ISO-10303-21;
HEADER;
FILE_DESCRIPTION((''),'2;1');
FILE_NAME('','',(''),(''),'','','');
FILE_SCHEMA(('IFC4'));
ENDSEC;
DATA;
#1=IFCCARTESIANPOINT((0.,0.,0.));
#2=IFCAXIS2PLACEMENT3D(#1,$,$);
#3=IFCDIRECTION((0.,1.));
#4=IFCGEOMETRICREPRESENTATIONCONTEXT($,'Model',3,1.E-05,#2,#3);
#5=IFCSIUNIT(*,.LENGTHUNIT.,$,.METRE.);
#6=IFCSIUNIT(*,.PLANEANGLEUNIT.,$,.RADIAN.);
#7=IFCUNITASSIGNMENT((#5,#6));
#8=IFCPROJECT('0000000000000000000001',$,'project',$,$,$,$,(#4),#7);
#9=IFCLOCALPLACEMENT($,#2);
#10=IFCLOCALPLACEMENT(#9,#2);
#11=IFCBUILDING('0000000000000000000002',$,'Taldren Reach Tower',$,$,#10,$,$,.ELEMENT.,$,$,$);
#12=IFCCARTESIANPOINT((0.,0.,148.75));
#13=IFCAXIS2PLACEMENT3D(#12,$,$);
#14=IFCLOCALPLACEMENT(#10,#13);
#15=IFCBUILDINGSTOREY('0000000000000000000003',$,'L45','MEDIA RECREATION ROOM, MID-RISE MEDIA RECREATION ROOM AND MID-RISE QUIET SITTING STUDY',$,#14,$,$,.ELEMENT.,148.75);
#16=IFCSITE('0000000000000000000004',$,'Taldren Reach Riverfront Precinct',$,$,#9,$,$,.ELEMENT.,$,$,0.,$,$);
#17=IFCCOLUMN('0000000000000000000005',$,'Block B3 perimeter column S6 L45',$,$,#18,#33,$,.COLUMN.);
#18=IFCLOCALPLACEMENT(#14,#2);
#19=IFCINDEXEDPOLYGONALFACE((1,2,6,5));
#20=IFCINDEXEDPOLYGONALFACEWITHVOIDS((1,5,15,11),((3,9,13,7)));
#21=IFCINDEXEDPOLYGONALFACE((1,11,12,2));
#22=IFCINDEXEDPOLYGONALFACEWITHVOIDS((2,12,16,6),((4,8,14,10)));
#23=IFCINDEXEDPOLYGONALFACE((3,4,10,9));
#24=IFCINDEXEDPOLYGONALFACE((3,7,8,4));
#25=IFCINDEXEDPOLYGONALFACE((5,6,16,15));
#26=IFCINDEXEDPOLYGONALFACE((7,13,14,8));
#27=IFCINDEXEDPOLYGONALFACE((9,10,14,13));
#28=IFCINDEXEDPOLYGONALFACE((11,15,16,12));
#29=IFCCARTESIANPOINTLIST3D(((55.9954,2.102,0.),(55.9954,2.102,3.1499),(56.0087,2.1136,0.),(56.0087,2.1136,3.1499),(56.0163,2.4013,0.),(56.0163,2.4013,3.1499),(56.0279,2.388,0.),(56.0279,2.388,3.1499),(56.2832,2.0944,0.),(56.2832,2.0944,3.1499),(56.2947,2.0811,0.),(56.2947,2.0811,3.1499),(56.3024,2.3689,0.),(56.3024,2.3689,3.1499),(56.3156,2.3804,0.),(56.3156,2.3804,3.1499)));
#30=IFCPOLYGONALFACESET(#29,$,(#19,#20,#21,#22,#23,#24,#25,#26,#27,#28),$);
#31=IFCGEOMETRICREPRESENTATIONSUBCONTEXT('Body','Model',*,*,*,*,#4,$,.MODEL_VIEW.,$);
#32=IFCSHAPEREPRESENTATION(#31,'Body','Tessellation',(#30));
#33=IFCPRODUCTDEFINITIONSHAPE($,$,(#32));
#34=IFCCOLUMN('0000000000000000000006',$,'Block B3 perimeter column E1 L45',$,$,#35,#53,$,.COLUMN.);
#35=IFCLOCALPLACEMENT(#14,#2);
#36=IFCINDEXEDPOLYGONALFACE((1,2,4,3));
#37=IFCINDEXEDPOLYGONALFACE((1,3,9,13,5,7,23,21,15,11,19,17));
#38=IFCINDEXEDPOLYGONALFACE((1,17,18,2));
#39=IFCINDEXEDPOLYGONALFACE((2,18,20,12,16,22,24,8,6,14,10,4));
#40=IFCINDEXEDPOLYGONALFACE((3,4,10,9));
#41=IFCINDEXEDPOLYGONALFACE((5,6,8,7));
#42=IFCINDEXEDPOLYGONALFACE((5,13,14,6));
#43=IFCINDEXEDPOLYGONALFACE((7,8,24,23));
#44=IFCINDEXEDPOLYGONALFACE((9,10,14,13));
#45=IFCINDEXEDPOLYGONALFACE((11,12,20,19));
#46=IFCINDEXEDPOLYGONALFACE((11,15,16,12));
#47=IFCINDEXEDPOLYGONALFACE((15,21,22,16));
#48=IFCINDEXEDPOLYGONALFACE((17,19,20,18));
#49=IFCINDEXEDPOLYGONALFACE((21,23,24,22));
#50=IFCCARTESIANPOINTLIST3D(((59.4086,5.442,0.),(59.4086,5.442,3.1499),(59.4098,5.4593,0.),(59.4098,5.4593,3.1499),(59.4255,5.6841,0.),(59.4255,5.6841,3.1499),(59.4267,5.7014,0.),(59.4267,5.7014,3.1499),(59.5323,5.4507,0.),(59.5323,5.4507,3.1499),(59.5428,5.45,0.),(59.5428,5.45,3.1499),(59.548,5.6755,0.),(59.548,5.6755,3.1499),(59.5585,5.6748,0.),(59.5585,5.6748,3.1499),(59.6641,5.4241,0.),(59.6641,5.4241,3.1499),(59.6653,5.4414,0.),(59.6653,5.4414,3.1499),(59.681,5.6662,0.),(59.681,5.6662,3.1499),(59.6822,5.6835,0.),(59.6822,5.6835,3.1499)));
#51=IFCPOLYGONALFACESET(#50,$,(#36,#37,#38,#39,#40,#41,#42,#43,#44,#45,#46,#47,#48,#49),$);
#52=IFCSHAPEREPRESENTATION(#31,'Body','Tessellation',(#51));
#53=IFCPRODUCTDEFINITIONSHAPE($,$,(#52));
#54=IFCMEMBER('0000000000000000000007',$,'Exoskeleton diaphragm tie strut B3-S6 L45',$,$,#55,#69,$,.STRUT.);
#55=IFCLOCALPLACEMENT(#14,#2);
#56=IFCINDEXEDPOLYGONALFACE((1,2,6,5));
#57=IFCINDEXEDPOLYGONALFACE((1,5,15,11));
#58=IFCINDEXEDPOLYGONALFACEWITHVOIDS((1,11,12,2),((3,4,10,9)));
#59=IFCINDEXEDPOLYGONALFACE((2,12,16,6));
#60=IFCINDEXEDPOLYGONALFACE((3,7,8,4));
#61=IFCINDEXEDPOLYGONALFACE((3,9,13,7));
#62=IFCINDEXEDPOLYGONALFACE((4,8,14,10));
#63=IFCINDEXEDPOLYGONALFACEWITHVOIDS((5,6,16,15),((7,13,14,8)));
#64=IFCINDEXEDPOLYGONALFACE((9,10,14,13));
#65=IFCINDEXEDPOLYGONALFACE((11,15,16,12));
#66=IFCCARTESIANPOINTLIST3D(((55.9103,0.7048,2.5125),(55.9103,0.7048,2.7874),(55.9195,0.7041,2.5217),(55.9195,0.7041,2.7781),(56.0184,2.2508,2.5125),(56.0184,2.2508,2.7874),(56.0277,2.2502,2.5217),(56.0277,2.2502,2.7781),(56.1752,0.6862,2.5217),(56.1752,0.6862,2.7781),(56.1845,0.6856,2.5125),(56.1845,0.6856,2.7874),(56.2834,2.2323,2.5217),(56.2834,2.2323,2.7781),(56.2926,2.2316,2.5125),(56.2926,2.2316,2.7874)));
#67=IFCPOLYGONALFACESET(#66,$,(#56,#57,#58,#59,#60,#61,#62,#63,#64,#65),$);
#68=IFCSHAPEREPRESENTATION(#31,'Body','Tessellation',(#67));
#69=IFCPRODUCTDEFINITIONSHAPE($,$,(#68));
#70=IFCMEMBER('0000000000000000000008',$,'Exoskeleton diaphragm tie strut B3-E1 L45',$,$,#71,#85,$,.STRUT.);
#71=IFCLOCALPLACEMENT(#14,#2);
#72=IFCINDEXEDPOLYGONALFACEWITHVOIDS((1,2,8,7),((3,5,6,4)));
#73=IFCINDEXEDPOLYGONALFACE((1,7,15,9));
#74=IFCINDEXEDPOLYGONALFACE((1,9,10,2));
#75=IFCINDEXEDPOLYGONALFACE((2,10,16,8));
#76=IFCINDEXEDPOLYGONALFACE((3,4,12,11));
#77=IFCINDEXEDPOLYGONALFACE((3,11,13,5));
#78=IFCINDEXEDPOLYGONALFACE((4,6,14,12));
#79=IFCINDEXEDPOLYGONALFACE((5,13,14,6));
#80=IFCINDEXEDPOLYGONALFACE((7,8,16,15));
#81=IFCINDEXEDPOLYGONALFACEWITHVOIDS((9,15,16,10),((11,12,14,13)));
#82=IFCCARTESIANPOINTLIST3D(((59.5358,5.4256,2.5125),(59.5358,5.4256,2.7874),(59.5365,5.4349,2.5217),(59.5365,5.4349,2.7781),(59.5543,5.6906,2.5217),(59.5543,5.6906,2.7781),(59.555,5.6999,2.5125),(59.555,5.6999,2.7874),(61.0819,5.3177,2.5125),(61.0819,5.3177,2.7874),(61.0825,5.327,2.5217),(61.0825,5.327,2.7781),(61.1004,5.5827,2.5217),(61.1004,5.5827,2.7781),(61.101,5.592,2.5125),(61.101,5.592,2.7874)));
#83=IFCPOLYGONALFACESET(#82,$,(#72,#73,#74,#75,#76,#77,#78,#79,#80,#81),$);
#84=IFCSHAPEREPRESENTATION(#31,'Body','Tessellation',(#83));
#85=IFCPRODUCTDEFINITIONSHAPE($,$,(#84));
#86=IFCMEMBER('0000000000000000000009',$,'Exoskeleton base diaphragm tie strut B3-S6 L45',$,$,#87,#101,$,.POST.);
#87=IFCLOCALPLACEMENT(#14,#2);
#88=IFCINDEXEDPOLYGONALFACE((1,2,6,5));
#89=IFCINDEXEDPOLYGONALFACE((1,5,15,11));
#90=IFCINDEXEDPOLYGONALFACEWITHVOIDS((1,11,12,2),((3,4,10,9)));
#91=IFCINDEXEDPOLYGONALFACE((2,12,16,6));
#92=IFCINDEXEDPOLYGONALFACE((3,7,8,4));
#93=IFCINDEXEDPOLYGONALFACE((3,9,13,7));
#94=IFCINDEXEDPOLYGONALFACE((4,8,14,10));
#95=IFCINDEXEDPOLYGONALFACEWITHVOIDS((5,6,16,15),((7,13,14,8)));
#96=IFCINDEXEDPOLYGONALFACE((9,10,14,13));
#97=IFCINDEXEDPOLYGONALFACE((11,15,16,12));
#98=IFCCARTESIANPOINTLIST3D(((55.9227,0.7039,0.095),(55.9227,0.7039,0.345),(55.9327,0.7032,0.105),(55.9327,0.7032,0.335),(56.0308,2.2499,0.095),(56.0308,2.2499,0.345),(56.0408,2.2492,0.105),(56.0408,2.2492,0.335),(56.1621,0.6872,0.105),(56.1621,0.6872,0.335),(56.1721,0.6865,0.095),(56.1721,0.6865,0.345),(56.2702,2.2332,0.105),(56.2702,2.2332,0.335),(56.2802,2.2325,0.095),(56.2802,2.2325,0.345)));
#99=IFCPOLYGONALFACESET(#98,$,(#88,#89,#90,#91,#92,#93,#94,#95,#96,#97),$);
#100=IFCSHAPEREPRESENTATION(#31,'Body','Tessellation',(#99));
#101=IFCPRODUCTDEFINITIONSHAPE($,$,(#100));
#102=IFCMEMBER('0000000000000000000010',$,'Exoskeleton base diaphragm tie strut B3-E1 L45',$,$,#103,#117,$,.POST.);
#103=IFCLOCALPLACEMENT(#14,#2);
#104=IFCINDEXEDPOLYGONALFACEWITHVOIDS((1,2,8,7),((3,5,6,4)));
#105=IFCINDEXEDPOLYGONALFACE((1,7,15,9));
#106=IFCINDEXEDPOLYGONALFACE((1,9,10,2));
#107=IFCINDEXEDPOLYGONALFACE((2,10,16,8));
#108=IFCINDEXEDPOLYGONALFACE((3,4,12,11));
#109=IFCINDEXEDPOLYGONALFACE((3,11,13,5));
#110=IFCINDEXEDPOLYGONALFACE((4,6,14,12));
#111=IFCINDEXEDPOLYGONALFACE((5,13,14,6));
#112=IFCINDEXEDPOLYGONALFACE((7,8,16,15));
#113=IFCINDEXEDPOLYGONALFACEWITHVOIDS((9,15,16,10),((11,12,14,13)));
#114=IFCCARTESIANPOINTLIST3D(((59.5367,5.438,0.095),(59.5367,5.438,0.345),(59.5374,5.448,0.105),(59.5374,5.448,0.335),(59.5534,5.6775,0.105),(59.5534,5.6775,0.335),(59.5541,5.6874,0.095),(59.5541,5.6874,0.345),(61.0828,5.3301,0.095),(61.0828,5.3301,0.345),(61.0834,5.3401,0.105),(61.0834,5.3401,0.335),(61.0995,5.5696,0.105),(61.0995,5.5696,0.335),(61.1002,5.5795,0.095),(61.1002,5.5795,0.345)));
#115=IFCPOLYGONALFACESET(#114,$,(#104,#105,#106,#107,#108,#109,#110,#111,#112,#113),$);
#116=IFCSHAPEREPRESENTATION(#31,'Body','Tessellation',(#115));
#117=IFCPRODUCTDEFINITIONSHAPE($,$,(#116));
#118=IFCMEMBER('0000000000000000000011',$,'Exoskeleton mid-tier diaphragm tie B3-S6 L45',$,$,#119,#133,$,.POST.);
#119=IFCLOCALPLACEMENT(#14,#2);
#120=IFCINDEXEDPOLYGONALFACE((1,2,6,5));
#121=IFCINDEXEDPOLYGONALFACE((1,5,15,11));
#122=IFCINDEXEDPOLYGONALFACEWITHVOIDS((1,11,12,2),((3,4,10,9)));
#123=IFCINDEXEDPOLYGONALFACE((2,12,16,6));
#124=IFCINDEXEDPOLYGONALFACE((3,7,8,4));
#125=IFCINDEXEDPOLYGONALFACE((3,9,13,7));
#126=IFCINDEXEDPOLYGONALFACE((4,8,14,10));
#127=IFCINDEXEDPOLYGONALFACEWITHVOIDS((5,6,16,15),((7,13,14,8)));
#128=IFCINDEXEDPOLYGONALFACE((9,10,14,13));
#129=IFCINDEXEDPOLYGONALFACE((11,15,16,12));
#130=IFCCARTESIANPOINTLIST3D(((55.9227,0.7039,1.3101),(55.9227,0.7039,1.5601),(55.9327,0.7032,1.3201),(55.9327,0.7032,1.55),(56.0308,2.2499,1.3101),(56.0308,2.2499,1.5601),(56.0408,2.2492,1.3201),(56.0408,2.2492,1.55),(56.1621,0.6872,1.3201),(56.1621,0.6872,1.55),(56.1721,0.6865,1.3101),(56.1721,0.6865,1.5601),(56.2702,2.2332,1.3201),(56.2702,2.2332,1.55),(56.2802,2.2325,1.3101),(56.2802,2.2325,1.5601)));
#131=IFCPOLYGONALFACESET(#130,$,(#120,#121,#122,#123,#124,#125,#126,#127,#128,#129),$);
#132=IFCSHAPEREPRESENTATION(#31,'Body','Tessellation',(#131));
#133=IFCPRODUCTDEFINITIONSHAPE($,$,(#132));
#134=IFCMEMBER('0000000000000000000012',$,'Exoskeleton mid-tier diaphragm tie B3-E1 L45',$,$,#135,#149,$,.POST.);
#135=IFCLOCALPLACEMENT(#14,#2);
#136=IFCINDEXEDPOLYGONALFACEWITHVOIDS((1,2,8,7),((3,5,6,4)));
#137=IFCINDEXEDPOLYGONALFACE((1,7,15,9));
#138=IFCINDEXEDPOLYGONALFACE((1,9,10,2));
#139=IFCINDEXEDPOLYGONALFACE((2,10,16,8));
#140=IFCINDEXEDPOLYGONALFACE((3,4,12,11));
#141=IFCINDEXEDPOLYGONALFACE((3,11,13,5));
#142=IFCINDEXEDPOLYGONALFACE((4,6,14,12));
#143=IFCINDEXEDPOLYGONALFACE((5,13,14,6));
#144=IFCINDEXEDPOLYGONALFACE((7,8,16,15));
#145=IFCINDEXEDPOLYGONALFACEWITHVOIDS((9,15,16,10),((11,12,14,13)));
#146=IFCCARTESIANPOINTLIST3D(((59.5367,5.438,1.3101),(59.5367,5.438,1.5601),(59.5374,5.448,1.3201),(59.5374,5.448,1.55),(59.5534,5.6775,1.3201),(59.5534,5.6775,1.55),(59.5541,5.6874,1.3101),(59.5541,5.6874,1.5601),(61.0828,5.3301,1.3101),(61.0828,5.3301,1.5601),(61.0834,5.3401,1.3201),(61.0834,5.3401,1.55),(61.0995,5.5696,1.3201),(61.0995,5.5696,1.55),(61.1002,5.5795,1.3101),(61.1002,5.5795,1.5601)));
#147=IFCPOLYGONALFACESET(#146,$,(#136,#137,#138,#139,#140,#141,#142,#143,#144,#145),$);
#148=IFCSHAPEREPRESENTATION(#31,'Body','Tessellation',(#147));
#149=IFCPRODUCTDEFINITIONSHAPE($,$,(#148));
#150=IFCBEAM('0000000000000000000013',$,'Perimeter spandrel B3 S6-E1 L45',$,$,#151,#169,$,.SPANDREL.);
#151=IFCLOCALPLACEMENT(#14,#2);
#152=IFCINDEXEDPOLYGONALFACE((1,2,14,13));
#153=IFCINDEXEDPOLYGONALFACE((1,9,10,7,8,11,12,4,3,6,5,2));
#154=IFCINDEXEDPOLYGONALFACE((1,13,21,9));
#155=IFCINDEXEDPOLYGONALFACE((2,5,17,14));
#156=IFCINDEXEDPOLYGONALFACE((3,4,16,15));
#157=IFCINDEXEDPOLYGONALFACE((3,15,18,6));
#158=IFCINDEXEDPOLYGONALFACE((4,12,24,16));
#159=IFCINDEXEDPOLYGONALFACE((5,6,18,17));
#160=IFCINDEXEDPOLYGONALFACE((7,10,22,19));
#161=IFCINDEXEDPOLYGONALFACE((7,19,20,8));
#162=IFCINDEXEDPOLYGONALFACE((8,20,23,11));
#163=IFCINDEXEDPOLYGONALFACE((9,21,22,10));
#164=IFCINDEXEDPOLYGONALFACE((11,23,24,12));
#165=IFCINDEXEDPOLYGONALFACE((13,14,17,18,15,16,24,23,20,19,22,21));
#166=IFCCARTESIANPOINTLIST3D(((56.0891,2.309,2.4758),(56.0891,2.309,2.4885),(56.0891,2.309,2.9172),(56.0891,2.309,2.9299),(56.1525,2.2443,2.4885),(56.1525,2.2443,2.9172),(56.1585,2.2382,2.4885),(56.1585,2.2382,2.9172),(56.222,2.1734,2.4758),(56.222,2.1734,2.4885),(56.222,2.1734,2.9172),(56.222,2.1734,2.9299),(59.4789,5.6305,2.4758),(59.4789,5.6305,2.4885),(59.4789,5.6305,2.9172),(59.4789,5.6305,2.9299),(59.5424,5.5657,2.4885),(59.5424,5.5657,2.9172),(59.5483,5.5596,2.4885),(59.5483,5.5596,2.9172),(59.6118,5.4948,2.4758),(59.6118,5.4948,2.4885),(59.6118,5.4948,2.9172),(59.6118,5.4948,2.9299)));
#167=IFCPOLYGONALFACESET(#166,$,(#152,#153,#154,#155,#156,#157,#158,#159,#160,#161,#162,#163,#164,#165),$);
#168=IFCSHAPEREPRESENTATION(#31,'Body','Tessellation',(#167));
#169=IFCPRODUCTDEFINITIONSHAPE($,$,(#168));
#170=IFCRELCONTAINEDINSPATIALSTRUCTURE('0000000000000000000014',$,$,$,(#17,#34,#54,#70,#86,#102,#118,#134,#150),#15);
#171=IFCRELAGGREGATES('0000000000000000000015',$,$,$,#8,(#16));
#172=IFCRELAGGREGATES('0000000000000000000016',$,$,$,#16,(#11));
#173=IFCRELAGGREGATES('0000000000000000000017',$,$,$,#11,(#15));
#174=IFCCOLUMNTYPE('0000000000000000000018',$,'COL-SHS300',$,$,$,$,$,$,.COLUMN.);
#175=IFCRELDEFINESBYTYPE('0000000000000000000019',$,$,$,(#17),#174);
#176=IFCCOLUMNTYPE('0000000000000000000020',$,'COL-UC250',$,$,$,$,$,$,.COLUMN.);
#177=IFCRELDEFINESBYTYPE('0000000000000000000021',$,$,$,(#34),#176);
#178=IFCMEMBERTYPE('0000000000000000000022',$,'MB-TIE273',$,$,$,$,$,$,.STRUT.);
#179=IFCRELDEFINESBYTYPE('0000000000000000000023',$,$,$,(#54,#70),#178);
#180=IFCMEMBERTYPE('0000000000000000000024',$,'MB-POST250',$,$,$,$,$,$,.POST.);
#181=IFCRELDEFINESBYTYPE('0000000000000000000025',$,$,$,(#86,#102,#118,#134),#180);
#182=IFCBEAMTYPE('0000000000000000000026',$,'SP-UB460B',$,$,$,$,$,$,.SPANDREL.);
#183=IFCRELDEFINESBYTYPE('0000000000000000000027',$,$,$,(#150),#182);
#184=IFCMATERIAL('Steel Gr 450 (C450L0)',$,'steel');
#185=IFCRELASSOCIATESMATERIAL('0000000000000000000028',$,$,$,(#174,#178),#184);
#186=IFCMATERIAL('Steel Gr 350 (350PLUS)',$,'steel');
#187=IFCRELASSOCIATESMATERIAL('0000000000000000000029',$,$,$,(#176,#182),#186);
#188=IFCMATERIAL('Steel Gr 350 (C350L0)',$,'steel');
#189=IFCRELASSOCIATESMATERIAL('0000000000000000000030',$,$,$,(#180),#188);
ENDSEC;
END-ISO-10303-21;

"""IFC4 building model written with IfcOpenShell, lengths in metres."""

from ifc_helpers import new_model, si_unit, direction, frame, origin, origin_2d, place, context, subcontext, project, spatial, hollow_rectangle, i_section, extrude, source, transform, mapped, material, material_profile, profile_set, type_object, element, save


model = new_model("IFC4")

# Units and contexts
model_context = context("Model", 3, precision=1e-05, world=origin(), true_north=direction((0.0, 1.0)))
body_context = subcontext(model_context, "Body", "Model", "MODEL_VIEW")
ifc_project = project(units=[si_unit("LENGTHUNIT", "METRE"), si_unit("PLANEANGLEUNIT", "RADIAN")], contexts=[model_context])

# Site, building, storey
site_placement = place(None, origin())
site = spatial("IfcSite", under=ifc_project, at=site_placement, Name="Taldren Reach Riverfront Precinct", CompositionType="ELEMENT", RefElevation=0.0)
building_placement = place(site_placement, origin())
building = spatial("IfcBuilding", under=site, at=building_placement, Name="Taldren Reach Tower", CompositionType="ELEMENT")
storey_placement = place(building_placement, frame((0.0, 0.0, 148.75)))
storey = spatial("IfcBuildingStorey", under=building, at=storey_placement, Name="L45", Description="MEDIA RECREATION ROOM, MID-RISE MEDIA RECREATION ROOM AND MID-RISE QUIET SITTING STUDY", CompositionType="ELEMENT", Elevation=148.75)

# Columns
ifc_material_1 = material(Name="Steel Gr 450 (C450L0)", Category="steel")
ifc_material_profile_1 = material_profile(ifc_material_1, hollow_rectangle(XDim=0.3, YDim=0.3, WallThickness=0.0125, at=origin_2d()), Name="300x300x12.5SHS")
ifc_profile_set_1 = profile_set([ifc_material_profile_1], Name="Steel Gr 450 (C450L0)")
column_type_1 = type_object("IfcColumnType", Name="COL-SHS300", PredefinedType="COLUMN", material=ifc_profile_set_1)
shared_shape_1 = source(origin(), body_context, "Body", "SweptSolid", [
    extrude(hollow_rectangle(XDim=0.3, YDim=0.3, WallThickness=0.0125, at=origin_2d()), origin(), (0.0, 0.0, 1.0), 3.1499),
])
column_1_placement = place(storey_placement, frame((56.1555, 2.2412, 0.0), z_axis=(0.0, 0.0, 1.0), x_axis=(0.997564, -0.069756, 0.0)))
element("IfcColumn", 1, at=column_1_placement, inside=storey, type_object=column_type_1, Name="Block B3 perimeter column S6 L45", PredefinedType="COLUMN", context=body_context, shape_type="MappedRepresentation", body=[
    mapped(shared_shape_1, transform((0.0, 0.0, 0.0), scale=1.0)),
])
ifc_material_2 = material(Name="Steel Gr 350 (350PLUS)", Category="steel")
ifc_material_profile_2 = material_profile(ifc_material_2, i_section(OverallWidth=0.2561, OverallDepth=0.26, WebThickness=0.0105, FlangeThickness=0.0173, at=origin_2d()), Name="250UC89.5")
ifc_profile_set_2 = profile_set([ifc_material_profile_2], Name="Steel Gr 350 (350PLUS)")
column_type_2 = type_object("IfcColumnType", Name="COL-UC250", PredefinedType="COLUMN", material=ifc_profile_set_2)
shared_shape_2 = source(origin(), body_context, "Body", "SweptSolid", [
    extrude(i_section(OverallWidth=0.2561, OverallDepth=0.26, WebThickness=0.0105, FlangeThickness=0.0173, at=origin_2d()), origin(), (0.0, 0.0, 1.0), 3.1499),
])
column_2_placement = place(storey_placement, frame((59.5454, 5.5627, 0.0), z_axis=(0.0, 0.0, 1.0), x_axis=(0.997564, -0.069756, 0.0)))
element("IfcColumn", 2, at=column_2_placement, inside=storey, type_object=column_type_2, Name="Block B3 perimeter column E1 L45", PredefinedType="COLUMN", context=body_context, shape_type="MappedRepresentation", body=[
    mapped(shared_shape_2, transform((0.0, 0.0, 0.0), scale=1.0)),
])

# Members
ifc_material_profile_3 = material_profile(ifc_material_1, hollow_rectangle(XDim=0.2749, YDim=0.2749, WallThickness=0.0093, at=origin_2d()), Name="275x275x9.3SHS")
ifc_profile_set_3 = profile_set([ifc_material_profile_3], Name="Steel Gr 450 (C450L0)")
member_type_1 = type_object("IfcMemberType", Name="MB-TIE273", PredefinedType="STRUT", material=ifc_profile_set_3)
shared_shape_3 = source(origin(), body_context, "Body", "SweptSolid", [
    extrude(hollow_rectangle(XDim=0.2749, YDim=0.2749, WallThickness=0.0093, at=origin_2d()), origin(), (0.0, 0.0, 1.0), 1.5498),
])
for number, where, z_axis, x_axis, name in (
    (3, (56.1555, 2.2412, 2.6499), (-0.069781, -0.997562, 0.0), (0.997562, -0.069781, 0.0), "Exoskeleton diaphragm tie strut B3-S6 L45"),
    (4, (59.5454, 5.5627, 2.6499), (0.997573, -0.069624, 0.0), (0.069624, 0.997573, 0.0), "Exoskeleton diaphragm tie strut B3-E1 L45"),
):
    element("IfcMember", number, at=place(storey_placement, frame(where, z_axis=z_axis, x_axis=x_axis)), inside=storey, type_object=member_type_1, Name=name, PredefinedType="STRUT", context=body_context, shape_type="MappedRepresentation", body=[
        mapped(shared_shape_3, transform((0.0, 0.0, 0.0), scale=1.0)),
    ])
ifc_material_3 = material(Name="Steel Gr 350 (C350L0)", Category="steel")
ifc_material_profile_4 = material_profile(ifc_material_3, hollow_rectangle(XDim=0.25, YDim=0.25, WallThickness=0.01, at=origin_2d()), Name="250x250x10.0SHS")
ifc_profile_set_4 = profile_set([ifc_material_profile_4], Name="Steel Gr 350 (C350L0)")
member_type_2 = type_object("IfcMemberType", Name="MB-POST250", PredefinedType="POST", material=ifc_profile_set_4)
shared_shape_4 = source(origin(), body_context, "Body", "SweptSolid", [
    extrude(hollow_rectangle(XDim=0.25, YDim=0.25, WallThickness=0.01, at=origin_2d()), origin(), (0.0, 0.0, 1.0), 1.5498),
])
for number, where, z_axis, x_axis, name in (
    (5, (56.1555, 2.2412, 0.22), (-0.069781, -0.997562, 0.0), (0.997562, -0.069781, 0.0), "Exoskeleton base diaphragm tie strut B3-S6 L45"),
    (6, (59.5454, 5.5627, 0.22), (0.997573, -0.069624, 0.0), (0.069624, 0.997573, 0.0), "Exoskeleton base diaphragm tie strut B3-E1 L45"),
    (7, (56.1555, 2.2412, 1.4351), (-0.069781, -0.997562, 0.0), (0.997562, -0.069781, 0.0), "Exoskeleton mid-tier diaphragm tie B3-S6 L45"),
    (8, (59.5454, 5.5627, 1.4351), (0.997573, -0.069624, 0.0), (0.069624, 0.997573, 0.0), "Exoskeleton mid-tier diaphragm tie B3-E1 L45"),
):
    element("IfcMember", number, at=place(storey_placement, frame(where, z_axis=z_axis, x_axis=x_axis)), inside=storey, type_object=member_type_2, Name=name, PredefinedType="POST", context=body_context, shape_type="MappedRepresentation", body=[
        mapped(shared_shape_4, transform((0.0, 0.0, 0.0), scale=1.0)),
    ])

# Beam
ifc_material_profile_5 = material_profile(ifc_material_2, i_section(OverallWidth=0.1899, OverallDepth=0.4541, WebThickness=0.0085, FlangeThickness=0.0127, at=origin_2d()), Name="460UB67.1")
ifc_profile_set_5 = profile_set([ifc_material_profile_5], Name="Steel Gr 350 (350PLUS)")
beam_type_1 = type_object("IfcBeamType", Name="SP-UB460B", PredefinedType="SPANDREL", material=ifc_profile_set_5)
shared_shape_5 = source(origin(), body_context, "Body", "SweptSolid", [
    extrude(i_section(OverallWidth=0.1899, OverallDepth=0.4541, WebThickness=0.0085, FlangeThickness=0.0127, at=origin_2d()), origin(), (0.0, 0.0, 1.0), 4.7458),
])
beam_1_placement = place(storey_placement, frame((56.1555, 2.2412, 2.7029), z_axis=(0.714272, 0.699868, 0.0), x_axis=(-0.699868, 0.714272, 0.0)))
element("IfcBeam", 9, at=beam_1_placement, inside=storey, type_object=beam_type_1, Name="Perimeter spandrel B3 S6-E1 L45", PredefinedType="SPANDREL", context=body_context, shape_type="MappedRepresentation", body=[
    mapped(shared_shape_5, transform((0.0, 0.0, 0.0), scale=1.0)),
])

save(model, "model.ifc")
